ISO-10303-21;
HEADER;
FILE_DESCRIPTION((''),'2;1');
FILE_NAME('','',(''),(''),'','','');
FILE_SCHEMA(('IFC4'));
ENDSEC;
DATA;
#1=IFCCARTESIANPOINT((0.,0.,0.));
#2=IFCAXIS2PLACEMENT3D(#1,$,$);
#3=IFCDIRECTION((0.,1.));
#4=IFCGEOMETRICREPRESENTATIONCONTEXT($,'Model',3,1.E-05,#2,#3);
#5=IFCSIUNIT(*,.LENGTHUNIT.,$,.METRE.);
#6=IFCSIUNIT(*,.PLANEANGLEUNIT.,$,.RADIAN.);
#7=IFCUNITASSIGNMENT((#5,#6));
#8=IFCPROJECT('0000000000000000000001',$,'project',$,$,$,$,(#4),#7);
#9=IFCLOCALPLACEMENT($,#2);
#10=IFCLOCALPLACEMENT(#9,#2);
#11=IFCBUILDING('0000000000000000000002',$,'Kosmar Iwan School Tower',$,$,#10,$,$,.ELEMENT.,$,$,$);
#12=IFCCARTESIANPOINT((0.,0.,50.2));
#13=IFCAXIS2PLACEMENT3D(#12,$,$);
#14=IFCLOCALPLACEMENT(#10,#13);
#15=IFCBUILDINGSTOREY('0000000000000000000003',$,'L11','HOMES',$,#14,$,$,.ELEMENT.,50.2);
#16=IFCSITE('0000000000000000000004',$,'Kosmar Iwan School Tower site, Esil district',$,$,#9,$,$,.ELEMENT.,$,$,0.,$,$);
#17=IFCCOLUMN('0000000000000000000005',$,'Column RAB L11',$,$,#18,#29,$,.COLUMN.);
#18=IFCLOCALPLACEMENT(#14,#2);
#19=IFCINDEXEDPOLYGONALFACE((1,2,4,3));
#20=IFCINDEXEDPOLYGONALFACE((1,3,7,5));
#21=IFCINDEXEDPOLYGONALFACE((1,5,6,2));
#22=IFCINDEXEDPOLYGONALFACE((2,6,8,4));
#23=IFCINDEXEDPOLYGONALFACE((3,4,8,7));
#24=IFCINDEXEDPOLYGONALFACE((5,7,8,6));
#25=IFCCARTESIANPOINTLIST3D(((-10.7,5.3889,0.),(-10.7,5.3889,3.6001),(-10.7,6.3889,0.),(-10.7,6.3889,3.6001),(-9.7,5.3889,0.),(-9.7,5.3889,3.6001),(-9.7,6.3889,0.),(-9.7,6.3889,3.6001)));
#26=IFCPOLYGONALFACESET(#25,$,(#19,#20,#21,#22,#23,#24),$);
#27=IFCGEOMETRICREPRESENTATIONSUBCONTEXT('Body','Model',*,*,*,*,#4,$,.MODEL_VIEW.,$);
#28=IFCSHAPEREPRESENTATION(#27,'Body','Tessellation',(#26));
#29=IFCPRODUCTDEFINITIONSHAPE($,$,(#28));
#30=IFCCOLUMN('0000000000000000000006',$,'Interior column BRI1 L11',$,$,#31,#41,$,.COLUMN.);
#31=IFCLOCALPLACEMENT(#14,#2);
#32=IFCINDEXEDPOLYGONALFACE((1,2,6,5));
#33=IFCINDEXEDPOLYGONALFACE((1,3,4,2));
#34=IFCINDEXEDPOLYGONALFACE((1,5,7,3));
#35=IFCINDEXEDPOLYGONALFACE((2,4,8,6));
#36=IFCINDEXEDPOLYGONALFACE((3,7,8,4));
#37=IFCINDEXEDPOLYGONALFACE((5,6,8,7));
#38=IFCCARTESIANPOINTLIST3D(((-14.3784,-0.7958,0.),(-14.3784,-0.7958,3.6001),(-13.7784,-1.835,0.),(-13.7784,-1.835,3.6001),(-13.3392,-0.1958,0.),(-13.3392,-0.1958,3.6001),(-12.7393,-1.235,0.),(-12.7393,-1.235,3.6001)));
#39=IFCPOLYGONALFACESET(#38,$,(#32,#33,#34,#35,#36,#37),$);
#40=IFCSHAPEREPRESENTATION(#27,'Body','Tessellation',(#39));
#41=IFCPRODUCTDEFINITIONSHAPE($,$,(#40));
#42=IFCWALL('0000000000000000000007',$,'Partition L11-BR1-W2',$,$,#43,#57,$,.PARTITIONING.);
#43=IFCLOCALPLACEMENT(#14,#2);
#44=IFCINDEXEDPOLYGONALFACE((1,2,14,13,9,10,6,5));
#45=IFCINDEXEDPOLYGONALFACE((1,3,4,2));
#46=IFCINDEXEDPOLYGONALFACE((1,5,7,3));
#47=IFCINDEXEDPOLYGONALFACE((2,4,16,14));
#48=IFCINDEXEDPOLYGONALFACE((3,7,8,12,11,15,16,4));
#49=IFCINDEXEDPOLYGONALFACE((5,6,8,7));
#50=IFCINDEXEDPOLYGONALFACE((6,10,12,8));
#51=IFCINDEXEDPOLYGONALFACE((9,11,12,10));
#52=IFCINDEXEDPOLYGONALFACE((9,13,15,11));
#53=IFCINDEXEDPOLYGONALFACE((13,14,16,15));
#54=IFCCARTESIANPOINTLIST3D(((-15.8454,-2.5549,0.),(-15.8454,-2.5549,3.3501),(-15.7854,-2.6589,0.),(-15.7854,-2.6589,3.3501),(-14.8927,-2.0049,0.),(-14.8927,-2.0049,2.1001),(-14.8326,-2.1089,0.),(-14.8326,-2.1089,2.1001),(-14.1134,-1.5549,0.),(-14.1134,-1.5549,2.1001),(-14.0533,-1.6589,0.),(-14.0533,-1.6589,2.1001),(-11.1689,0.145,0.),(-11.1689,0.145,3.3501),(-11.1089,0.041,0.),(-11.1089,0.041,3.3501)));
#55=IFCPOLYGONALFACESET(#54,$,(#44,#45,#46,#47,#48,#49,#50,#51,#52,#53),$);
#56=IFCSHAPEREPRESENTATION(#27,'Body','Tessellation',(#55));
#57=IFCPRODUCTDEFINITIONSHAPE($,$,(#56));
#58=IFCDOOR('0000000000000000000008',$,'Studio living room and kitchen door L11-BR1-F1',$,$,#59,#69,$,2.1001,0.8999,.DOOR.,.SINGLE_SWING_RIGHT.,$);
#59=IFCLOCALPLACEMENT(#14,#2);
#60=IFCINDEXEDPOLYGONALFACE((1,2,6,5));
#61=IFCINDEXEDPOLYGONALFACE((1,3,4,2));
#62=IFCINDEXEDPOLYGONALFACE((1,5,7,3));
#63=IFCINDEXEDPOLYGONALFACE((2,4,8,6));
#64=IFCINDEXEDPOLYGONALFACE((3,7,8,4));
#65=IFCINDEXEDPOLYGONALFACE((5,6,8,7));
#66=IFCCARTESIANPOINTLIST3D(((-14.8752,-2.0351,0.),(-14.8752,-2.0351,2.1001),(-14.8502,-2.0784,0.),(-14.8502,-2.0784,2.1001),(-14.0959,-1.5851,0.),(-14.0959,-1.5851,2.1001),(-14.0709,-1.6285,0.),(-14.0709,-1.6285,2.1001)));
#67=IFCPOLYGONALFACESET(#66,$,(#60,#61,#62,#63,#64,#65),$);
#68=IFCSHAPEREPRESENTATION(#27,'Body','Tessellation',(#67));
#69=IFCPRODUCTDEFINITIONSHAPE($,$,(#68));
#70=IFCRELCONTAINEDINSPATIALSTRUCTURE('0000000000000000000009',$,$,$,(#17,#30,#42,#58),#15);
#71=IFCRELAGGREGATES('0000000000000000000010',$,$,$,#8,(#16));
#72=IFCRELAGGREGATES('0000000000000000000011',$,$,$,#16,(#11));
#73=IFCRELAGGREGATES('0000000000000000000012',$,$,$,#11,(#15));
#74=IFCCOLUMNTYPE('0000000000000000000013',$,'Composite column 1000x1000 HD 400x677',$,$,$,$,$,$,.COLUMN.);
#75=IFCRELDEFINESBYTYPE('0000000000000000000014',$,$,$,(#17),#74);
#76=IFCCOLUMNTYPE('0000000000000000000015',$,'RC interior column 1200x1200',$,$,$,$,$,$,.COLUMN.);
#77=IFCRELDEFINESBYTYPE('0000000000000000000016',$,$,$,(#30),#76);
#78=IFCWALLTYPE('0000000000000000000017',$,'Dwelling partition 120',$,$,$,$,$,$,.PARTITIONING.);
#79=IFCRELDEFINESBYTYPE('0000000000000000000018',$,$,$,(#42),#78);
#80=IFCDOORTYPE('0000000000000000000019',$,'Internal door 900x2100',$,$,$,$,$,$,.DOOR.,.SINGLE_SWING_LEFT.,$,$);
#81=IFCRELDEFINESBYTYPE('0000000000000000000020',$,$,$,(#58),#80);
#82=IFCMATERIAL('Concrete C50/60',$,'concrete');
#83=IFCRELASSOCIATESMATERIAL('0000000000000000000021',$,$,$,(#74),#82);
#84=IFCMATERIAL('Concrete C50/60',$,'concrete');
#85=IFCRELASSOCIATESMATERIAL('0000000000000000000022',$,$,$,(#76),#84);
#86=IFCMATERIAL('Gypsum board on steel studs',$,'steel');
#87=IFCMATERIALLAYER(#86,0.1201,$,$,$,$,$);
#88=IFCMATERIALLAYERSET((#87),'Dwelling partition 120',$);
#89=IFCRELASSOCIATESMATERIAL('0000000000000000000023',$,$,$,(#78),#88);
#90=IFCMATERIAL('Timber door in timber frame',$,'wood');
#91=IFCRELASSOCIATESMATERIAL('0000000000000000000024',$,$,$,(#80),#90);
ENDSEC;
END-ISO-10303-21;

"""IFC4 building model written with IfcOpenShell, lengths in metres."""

from ifc_helpers import new_model, si_unit, direction, frame, frame_2d, origin, origin_2d, place, context, subcontext, project, spatial, rectangle, extrude, material, layer, layer_set, material_profile, profile_set, type_object, element, fill, save


model = new_model("IFC4")

# Units and contexts
model_context = context("Model", 3, precision=1e-05, world=origin(), true_north=direction((0.0, 1.0)))
body_context = subcontext(model_context, "Body", "Model", "MODEL_VIEW")
ifc_project = project(units=[si_unit("LENGTHUNIT", "METRE"), si_unit("PLANEANGLEUNIT", "RADIAN")], contexts=[model_context])

# Site, building, storey
site_placement = place(None, origin())
site = spatial("IfcSite", under=ifc_project, at=site_placement, Name="Kosmar Iwan School Tower site, Esil district", CompositionType="ELEMENT", RefElevation=0.0)
building_placement = place(site_placement, origin())
building = spatial("IfcBuilding", under=site, at=building_placement, Name="Kosmar Iwan School Tower", CompositionType="ELEMENT")
storey_placement = place(building_placement, frame((0.0, 0.0, 50.2)))
storey = spatial("IfcBuildingStorey", under=building, at=storey_placement, Name="L11", Description="HOMES", CompositionType="ELEMENT", Elevation=50.2)

# Columns
ifc_material_1 = material(Name="Concrete C50/60", Category="concrete")
ifc_material_profile_1 = material_profile(ifc_material_1, rectangle(XDim=1.0, YDim=1.0, at=origin_2d()), Name="RC 1000x1000 + HD 400x677")
ifc_profile_set_1 = profile_set([ifc_material_profile_1], Name="Concrete C50/60")
column_type_1 = type_object("IfcColumnType", Name="Composite column 1000x1000 HD 400x677", PredefinedType="COLUMN", material=ifc_profile_set_1)
column_1_placement = place(storey_placement, frame((-10.2, 5.8889, 0.0), z_axis=(0.0, 0.0, 1.0), x_axis=(1.0, 0.0, 0.0)))
element("IfcColumn", 1, at=column_1_placement, inside=storey, type_object=column_type_1, Name="Column RAB L11", PredefinedType="COLUMN", context=body_context, shape_type="SweptSolid", body=[
    extrude(rectangle(XDim=1.0, YDim=1.0, at=origin_2d()), origin(), (0.0, 0.0, 1.0), 3.6001),
])
ifc_material_2 = material(Name="Concrete C50/60", Category="concrete")
ifc_material_profile_2 = material_profile(ifc_material_2, rectangle(XDim=1.2, YDim=1.2, at=origin_2d()), Name="RC 1200x1200")
ifc_profile_set_2 = profile_set([ifc_material_profile_2], Name="Concrete C50/60")
column_type_2 = type_object("IfcColumnType", Name="RC interior column 1200x1200", PredefinedType="COLUMN", material=ifc_profile_set_2)
column_2_placement = place(storey_placement, frame((-13.5588, -1.0154, 0.0), z_axis=(0.0, 0.0, 1.0), x_axis=(-0.866025, -0.5, 0.0)))
element("IfcColumn", 2, at=column_2_placement, inside=storey, type_object=column_type_2, Name="Interior column BRI1 L11", PredefinedType="COLUMN", context=body_context, shape_type="SweptSolid", body=[
    extrude(rectangle(XDim=1.2, YDim=1.2, at=origin_2d()), origin(), (0.0, 0.0, 1.0), 3.6001),
])

# Wall, opening, door
ifc_material_3 = material(Name="Gypsum board on steel studs", Category="steel")
ifc_layer = layer(ifc_material_3, 0.1201)
ifc_layer_set = layer_set([ifc_layer], Name="Dwelling partition 120")
wall_type = type_object("IfcWallType", Name="Dwelling partition 120", PredefinedType="PARTITIONING", material=ifc_layer_set)
wall_placement = place(storey_placement, frame((-11.1389, 0.093, 0.0), z_axis=(0.0, 0.0, 1.0), x_axis=(-0.866028, -0.499995, 0.0)))
wall = element("IfcWall", 3, at=wall_placement, inside=storey, type_object=wall_type, Name="Partition L11-BR1-W2", PredefinedType="PARTITIONING", context=body_context, shape_type="SweptSolid", body=[
    extrude(rectangle(XDim=5.3999, YDim=0.1201, at=frame_2d((2.7, 0.0))), origin(), (0.0, 0.0, 1.0), 3.3501),
])
opening_placement = place(wall_placement, frame((3.3999, 0.0, 0.0)))
opening = element("IfcOpeningElement", 4, at=opening_placement, cuts=wall, PredefinedType="OPENING", context=body_context, shape_type="SweptSolid", body=[
    extrude(rectangle(XDim=0.8999, YDim=2.1001, at=frame_2d((0.45, 1.05))), frame((0.0, 0.072, 0.0), z_axis=(0.0, -1.0, 0.0), x_axis=(1.0, 0.0, 0.0)), (0.0, 0.0, 1.0), 0.144),
])
ifc_material_4 = material(Name="Timber door in timber frame", Category="wood")
door_type = type_object("IfcDoorType", Name="Internal door 900x2100", OperationType="SINGLE_SWING_LEFT", PredefinedType="DOOR", material=ifc_material_4)
door_placement = place(opening_placement, origin())
door = element("IfcDoor", 5, at=door_placement, inside=storey, type_object=door_type, Name="Studio living room and kitchen door L11-BR1-F1", OperationType="SINGLE_SWING_RIGHT", OverallHeight=2.1001, OverallWidth=0.8999, PredefinedType="DOOR", context=body_context, shape_type="SweptSolid", body=[
    extrude(rectangle(XDim=0.8999, YDim=2.1001, at=frame_2d((0.45, 1.05))), frame((0.0, 0.0249, 0.0), z_axis=(0.0, -1.0, 0.0), x_axis=(1.0, 0.0, 0.0)), (0.0, 0.0, 1.0), 0.05),
])
fill(opening, door)

save(model, "model.ifc")
